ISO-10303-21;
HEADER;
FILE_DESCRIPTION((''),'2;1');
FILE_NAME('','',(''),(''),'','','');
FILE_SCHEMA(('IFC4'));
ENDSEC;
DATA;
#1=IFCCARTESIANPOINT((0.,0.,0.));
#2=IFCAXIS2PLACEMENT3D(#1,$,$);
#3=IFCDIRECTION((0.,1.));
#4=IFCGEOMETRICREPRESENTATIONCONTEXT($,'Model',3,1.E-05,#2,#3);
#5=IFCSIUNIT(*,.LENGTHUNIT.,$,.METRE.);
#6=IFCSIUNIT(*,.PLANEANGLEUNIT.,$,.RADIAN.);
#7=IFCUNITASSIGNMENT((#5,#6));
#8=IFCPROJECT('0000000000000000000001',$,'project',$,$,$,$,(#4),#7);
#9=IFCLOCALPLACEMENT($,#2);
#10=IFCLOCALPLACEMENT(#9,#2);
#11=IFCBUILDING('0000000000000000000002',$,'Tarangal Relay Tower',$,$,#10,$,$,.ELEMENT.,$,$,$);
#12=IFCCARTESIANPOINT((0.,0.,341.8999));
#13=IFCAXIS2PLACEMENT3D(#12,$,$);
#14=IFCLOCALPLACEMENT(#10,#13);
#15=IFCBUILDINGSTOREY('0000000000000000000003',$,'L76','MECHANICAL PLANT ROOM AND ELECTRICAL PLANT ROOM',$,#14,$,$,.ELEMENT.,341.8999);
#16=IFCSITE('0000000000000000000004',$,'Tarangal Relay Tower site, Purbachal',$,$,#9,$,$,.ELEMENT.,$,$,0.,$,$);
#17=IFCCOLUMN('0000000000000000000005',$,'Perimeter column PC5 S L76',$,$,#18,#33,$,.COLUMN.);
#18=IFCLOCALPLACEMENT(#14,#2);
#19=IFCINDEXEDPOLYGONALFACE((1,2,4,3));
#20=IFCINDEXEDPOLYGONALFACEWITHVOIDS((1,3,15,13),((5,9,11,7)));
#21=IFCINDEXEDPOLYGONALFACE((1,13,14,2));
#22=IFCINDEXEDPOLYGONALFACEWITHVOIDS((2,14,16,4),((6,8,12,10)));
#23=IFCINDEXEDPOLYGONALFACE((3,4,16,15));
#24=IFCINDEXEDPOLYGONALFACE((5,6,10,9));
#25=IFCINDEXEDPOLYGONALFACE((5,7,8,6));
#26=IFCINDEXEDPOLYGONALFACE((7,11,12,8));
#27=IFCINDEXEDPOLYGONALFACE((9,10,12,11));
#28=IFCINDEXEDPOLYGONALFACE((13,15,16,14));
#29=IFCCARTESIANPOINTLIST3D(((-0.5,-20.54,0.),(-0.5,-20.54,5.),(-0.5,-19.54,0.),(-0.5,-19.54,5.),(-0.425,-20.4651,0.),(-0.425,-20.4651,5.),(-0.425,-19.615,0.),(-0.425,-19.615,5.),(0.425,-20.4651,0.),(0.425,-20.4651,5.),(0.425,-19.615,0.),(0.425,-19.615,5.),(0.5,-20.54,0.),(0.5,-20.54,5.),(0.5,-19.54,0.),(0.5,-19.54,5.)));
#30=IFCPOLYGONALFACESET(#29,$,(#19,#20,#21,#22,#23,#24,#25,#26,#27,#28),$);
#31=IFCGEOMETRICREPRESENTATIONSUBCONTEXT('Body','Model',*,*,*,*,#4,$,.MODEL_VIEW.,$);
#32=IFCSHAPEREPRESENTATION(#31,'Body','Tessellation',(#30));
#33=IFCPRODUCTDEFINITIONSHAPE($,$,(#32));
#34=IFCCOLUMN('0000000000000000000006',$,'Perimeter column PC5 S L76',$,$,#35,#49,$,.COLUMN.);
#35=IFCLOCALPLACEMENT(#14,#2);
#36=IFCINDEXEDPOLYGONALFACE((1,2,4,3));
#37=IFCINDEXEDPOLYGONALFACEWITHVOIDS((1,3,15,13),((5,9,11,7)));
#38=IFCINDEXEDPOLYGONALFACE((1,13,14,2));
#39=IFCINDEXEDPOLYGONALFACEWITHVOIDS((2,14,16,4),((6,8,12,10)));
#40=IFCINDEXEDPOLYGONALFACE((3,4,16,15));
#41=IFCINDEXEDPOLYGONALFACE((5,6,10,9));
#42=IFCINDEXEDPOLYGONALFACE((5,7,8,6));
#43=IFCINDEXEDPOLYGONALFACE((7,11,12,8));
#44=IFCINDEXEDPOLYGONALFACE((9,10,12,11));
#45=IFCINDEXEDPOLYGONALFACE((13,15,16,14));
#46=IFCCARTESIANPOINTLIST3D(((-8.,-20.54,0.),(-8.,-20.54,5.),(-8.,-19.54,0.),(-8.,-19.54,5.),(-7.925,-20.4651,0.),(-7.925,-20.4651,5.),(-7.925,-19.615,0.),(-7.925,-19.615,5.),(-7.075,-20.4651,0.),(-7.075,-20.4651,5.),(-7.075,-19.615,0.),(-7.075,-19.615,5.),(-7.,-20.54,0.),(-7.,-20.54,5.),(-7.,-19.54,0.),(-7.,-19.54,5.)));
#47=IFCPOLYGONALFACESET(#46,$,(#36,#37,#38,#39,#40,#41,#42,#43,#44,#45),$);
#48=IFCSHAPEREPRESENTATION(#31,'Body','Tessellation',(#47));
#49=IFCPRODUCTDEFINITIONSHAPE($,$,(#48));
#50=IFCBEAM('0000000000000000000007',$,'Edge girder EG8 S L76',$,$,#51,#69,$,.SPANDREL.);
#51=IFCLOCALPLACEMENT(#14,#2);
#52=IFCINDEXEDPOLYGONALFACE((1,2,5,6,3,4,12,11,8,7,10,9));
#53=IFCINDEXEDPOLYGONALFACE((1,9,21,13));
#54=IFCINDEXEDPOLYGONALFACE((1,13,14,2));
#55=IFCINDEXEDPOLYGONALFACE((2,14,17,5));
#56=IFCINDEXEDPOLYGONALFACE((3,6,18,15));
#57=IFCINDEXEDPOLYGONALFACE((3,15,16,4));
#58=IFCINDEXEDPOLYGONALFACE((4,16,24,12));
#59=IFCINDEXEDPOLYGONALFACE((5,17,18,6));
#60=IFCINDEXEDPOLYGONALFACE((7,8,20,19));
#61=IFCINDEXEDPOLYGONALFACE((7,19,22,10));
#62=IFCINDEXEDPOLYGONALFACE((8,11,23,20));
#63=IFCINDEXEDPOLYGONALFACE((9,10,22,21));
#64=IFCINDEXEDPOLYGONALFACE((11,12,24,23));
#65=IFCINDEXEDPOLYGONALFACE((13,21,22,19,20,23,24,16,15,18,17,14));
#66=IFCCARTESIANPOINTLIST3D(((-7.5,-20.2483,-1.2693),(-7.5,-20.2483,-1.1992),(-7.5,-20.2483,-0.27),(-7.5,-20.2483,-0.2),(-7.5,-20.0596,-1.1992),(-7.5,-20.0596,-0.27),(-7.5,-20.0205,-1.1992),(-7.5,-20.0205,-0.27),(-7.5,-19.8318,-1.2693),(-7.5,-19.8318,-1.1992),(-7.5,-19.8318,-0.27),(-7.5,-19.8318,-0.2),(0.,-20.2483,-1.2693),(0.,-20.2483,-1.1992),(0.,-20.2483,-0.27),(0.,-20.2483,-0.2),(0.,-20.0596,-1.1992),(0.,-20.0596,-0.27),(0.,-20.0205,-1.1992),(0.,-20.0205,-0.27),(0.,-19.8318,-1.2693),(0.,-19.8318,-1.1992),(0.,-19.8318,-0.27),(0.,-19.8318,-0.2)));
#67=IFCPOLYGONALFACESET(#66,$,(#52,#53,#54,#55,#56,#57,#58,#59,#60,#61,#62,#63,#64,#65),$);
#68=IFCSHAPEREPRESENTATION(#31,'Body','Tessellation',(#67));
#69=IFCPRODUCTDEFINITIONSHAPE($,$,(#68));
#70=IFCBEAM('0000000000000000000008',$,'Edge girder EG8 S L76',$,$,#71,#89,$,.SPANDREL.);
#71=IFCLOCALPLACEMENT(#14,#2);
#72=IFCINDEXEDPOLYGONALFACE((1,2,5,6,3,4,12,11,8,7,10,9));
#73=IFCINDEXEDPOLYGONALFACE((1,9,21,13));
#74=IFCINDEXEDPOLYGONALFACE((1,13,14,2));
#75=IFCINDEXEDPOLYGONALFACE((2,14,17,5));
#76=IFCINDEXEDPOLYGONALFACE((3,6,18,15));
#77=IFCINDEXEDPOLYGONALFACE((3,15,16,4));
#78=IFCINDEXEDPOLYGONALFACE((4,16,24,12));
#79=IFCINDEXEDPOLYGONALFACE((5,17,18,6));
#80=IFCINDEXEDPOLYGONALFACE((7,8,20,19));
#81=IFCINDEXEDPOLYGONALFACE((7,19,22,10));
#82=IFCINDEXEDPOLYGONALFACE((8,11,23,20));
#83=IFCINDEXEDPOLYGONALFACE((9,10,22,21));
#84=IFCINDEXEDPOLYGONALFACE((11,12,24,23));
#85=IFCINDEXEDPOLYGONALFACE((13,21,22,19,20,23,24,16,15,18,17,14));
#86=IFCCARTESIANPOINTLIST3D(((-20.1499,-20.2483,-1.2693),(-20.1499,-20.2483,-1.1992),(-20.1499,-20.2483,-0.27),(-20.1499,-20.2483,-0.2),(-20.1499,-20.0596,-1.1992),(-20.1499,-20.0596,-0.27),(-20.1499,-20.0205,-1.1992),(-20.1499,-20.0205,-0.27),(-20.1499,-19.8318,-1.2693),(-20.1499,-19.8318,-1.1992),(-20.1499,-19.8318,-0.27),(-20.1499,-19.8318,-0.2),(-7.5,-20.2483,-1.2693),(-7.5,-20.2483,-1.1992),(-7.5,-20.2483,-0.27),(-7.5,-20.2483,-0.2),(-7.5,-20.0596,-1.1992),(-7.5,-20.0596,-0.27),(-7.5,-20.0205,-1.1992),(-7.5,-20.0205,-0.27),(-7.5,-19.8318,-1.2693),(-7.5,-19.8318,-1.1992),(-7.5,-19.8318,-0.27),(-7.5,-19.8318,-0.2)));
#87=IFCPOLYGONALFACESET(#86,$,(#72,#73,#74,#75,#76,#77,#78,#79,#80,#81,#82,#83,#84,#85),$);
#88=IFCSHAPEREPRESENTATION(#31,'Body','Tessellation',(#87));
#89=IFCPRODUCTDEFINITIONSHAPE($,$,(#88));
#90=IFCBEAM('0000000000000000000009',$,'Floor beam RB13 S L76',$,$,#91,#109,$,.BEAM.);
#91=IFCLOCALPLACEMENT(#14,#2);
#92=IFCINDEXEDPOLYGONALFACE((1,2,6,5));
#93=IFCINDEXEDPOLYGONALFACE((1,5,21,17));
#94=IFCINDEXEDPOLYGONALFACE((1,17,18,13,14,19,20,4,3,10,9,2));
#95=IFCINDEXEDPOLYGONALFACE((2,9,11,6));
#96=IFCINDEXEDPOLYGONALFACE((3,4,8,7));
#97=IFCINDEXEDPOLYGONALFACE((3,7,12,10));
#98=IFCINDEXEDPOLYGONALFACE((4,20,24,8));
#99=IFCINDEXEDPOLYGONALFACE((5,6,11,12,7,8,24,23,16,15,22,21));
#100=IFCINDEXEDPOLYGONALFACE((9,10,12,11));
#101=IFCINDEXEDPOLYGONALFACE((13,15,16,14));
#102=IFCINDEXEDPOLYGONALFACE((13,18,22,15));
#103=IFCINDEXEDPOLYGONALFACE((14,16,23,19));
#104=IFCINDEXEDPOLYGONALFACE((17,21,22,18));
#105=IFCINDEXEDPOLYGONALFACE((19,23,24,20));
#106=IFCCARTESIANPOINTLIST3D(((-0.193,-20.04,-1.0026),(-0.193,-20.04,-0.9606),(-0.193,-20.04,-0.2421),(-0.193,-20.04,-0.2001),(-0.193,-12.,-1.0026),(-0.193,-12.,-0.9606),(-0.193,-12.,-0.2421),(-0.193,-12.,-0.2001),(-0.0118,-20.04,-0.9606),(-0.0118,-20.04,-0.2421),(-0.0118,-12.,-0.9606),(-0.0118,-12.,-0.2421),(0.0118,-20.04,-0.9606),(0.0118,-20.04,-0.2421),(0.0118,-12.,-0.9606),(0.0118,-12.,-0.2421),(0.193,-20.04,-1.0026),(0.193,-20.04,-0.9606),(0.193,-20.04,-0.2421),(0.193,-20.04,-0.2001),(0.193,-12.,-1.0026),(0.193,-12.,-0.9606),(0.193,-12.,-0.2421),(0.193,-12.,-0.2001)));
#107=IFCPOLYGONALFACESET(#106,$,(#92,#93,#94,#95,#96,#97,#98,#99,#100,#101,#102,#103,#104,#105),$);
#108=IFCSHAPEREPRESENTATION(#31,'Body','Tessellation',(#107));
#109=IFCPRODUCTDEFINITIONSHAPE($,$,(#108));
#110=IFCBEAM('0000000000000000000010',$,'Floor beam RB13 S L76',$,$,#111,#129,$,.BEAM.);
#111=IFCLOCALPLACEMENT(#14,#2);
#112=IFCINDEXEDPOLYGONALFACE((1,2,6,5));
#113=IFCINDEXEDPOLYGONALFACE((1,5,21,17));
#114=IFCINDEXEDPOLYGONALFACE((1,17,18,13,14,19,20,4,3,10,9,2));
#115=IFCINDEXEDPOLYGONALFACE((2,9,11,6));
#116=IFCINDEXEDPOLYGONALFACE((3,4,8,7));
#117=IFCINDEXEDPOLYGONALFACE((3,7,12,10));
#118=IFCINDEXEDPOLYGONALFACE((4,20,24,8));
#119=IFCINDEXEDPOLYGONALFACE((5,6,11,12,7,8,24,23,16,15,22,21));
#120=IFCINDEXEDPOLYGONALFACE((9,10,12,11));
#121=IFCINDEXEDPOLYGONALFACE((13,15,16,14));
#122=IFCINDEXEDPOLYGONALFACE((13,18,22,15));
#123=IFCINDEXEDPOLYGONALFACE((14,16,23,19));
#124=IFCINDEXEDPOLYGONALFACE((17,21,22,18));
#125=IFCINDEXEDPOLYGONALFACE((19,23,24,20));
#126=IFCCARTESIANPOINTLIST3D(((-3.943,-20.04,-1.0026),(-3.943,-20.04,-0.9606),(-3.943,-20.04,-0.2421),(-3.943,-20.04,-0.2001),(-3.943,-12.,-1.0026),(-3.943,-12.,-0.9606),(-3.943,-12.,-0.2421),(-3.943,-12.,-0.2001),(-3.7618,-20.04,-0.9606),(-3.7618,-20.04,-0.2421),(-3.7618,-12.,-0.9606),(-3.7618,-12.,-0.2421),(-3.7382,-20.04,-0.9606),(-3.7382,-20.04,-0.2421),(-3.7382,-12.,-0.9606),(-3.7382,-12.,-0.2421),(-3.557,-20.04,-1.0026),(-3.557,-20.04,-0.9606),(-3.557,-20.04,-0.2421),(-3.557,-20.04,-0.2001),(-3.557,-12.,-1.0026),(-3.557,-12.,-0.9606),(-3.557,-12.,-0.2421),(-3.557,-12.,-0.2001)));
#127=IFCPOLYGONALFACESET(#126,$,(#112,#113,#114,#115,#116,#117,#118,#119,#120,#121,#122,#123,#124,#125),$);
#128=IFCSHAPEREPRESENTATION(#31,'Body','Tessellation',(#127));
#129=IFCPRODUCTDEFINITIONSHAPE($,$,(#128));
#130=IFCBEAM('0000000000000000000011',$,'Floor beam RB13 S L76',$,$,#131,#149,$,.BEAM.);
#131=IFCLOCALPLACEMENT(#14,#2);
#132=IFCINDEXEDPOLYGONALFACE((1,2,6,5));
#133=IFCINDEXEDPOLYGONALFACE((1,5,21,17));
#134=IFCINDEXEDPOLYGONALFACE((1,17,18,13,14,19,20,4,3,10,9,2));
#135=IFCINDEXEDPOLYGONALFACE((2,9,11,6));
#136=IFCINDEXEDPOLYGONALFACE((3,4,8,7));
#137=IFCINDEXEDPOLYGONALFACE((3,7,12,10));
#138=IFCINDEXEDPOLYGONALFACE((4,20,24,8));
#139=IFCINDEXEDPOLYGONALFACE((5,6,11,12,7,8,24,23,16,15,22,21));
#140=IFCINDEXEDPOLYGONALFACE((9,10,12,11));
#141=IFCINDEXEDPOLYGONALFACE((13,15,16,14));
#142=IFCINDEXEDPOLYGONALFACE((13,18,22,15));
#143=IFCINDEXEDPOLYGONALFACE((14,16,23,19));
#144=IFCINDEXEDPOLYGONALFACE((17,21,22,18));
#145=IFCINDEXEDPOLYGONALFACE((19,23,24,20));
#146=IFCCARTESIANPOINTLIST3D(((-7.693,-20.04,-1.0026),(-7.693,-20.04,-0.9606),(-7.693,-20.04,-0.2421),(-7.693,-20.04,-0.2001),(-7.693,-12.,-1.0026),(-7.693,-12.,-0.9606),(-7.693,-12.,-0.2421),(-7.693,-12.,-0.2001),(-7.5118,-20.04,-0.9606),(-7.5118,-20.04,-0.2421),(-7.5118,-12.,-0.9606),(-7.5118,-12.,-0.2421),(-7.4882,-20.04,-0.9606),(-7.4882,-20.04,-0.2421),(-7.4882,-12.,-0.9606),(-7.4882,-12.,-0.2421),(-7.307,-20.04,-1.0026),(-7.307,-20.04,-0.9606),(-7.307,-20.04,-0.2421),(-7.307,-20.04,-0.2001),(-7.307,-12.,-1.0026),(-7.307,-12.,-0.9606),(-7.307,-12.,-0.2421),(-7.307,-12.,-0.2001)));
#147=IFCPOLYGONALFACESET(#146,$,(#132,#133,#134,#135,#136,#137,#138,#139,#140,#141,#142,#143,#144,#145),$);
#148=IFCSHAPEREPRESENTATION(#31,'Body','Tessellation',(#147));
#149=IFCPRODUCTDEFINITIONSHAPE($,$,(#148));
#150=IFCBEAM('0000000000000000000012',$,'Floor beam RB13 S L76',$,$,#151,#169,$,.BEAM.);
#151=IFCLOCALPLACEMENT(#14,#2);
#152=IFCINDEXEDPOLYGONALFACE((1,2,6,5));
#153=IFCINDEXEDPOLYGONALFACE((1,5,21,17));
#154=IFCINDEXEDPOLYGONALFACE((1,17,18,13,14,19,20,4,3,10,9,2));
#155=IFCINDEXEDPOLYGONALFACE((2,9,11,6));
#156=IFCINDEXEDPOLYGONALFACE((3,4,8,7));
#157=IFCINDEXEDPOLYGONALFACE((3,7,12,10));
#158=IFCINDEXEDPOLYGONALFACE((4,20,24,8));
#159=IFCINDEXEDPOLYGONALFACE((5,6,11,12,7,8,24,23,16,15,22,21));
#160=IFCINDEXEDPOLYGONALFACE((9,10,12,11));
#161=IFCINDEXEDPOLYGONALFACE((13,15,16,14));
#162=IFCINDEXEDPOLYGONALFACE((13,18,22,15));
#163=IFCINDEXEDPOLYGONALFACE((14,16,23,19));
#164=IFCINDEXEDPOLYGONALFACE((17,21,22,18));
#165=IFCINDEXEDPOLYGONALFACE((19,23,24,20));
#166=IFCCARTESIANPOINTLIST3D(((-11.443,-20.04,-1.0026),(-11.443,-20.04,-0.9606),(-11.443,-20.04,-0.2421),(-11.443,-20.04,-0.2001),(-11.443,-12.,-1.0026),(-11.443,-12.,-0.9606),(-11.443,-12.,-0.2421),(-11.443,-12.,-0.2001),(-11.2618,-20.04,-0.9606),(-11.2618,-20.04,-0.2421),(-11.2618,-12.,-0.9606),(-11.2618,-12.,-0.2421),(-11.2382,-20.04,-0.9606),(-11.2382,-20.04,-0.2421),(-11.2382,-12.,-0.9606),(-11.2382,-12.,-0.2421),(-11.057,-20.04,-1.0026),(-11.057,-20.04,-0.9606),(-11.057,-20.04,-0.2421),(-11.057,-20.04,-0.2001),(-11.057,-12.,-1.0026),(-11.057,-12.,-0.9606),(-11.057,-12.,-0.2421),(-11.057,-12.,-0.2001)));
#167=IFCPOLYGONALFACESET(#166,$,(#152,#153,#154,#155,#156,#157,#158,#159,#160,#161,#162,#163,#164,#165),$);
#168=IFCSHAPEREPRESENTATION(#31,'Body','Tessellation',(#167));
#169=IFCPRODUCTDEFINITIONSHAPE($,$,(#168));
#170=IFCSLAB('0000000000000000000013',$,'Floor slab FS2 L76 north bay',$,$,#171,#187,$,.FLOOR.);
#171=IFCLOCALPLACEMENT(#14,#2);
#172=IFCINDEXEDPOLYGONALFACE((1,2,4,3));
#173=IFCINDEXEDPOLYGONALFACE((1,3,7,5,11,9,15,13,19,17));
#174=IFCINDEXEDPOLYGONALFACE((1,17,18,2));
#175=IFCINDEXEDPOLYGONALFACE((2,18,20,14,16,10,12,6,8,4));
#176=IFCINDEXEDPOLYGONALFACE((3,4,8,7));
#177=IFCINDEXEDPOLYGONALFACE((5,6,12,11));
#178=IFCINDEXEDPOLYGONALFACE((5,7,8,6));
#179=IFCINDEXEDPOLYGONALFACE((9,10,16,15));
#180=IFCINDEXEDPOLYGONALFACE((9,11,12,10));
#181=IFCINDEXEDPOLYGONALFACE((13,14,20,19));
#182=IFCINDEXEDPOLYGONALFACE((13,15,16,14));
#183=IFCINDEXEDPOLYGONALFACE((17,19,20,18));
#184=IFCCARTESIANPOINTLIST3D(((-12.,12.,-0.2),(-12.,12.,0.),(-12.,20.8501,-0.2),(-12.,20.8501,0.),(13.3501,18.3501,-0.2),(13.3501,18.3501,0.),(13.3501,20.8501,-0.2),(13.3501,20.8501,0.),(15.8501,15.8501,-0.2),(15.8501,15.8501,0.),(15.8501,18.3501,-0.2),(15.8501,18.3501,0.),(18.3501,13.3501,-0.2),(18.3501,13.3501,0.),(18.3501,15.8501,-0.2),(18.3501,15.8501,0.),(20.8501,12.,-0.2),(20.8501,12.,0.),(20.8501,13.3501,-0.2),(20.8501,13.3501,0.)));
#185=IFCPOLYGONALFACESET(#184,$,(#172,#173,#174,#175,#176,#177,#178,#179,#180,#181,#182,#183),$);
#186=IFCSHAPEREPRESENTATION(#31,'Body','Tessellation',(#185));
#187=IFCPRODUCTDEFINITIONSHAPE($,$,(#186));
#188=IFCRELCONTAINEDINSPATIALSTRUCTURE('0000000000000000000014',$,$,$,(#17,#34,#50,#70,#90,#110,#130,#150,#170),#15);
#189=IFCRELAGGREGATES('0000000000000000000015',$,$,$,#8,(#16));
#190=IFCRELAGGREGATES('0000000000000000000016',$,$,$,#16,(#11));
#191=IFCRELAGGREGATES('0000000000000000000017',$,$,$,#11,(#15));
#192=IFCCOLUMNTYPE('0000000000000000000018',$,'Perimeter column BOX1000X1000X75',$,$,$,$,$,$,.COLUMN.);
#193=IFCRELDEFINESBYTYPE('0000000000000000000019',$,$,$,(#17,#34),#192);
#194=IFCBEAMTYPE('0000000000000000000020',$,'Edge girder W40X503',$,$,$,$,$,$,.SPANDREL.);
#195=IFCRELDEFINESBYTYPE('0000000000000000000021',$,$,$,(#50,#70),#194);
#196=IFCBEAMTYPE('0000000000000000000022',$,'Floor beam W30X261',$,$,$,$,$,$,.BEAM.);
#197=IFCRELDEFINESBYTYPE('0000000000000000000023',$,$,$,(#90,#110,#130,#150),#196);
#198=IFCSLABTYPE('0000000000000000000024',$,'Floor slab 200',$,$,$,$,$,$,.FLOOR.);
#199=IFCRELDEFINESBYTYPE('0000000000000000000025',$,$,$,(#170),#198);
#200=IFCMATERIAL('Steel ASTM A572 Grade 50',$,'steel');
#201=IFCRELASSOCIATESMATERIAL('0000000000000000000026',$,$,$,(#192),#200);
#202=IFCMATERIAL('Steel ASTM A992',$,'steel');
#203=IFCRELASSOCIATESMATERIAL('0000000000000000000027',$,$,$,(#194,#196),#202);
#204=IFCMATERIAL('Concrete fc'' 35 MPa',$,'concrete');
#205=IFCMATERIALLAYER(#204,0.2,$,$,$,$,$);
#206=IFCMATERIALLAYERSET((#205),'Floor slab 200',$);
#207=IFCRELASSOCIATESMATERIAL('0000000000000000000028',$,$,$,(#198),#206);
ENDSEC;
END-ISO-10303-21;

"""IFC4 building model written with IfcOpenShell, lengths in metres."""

from ifc_helpers import new_model, si_unit, direction, frame, origin, origin_2d, place, context, subcontext, project, spatial, polyline, hollow_rectangle, i_section, outline, extrude, material, layer, layer_set, material_profile, profile_set, type_object, element, save


model = new_model("IFC4")

# Units and contexts
model_context = context("Model", 3, precision=1e-05, world=origin(), true_north=direction((0.0, 1.0)))
body_context = subcontext(model_context, "Body", "Model", "MODEL_VIEW")
ifc_project = project(units=[si_unit("LENGTHUNIT", "METRE"), si_unit("PLANEANGLEUNIT", "RADIAN")], contexts=[model_context])

# Site, building, storey
site_placement = place(None, origin())
site = spatial("IfcSite", under=ifc_project, at=site_placement, Name="Tarangal Relay Tower site, Purbachal", CompositionType="ELEMENT", RefElevation=0.0)
building_placement = place(site_placement, origin())
building = spatial("IfcBuilding", under=site, at=building_placement, Name="Tarangal Relay Tower", CompositionType="ELEMENT")
storey_placement = place(building_placement, frame((0.0, 0.0, 341.8999)))
storey = spatial("IfcBuildingStorey", under=building, at=storey_placement, Name="L76", Description="MECHANICAL PLANT ROOM AND ELECTRICAL PLANT ROOM", CompositionType="ELEMENT", Elevation=341.8999)

# Columns
ifc_material_1 = material(Name="Steel ASTM A572 Grade 50", Category="steel")
ifc_material_profile_1 = material_profile(ifc_material_1, hollow_rectangle(XDim=1.0, YDim=1.0, WallThickness=0.075, at=origin_2d()), Name="BOX1000X1000X75")
ifc_profile_set_1 = profile_set([ifc_material_profile_1], Name="Steel ASTM A572 Grade 50")
column_type = type_object("IfcColumnType", Name="Perimeter column BOX1000X1000X75", PredefinedType="COLUMN", material=ifc_profile_set_1)
for number, where, z_axis, x_axis, name in (
    (1, (0.0, -20.04, 0.0), (0.0, 0.0, 1.0), (1.0, 0.0, 0.0), "Perimeter column PC5 S L76"),
    (2, (-7.5, -20.04, 0.0), (0.0, 0.0, 1.0), (1.0, 0.0, 0.0), "Perimeter column PC5 S L76"),
):
    element("IfcColumn", number, at=place(storey_placement, frame(where, z_axis=z_axis, x_axis=x_axis)), inside=storey, type_object=column_type, Name=name, PredefinedType="COLUMN", context=body_context, shape_type="SweptSolid", body=[
        extrude(hollow_rectangle(XDim=1.0, YDim=1.0, WallThickness=0.075, at=origin_2d()), origin(), (0.0, 0.0, 1.0), 5.0),
    ])

# Beams
ifc_material_2 = material(Name="Steel ASTM A992", Category="steel")
ifc_material_profile_2 = material_profile(ifc_material_2, i_section(OverallWidth=0.4165, OverallDepth=1.0693, WebThickness=0.0391, FlangeThickness=0.0701, at=origin_2d()), Name="W40X503")
ifc_profile_set_2 = profile_set([ifc_material_profile_2], Name="Steel ASTM A992")
beam_type_1 = type_object("IfcBeamType", Name="Edge girder W40X503", PredefinedType="SPANDREL", material=ifc_profile_set_2)
beam_1_placement = place(storey_placement, frame((0.0, -20.04, -0.7346), z_axis=(-1.0, 0.0, 0.0), x_axis=(0.0, -1.0, 0.0)))
element("IfcBeam", 3, at=beam_1_placement, inside=storey, type_object=beam_type_1, Name="Edge girder EG8 S L76", PredefinedType="SPANDREL", context=body_context, shape_type="SweptSolid", body=[
    extrude(i_section(OverallWidth=0.4165, OverallDepth=1.0693, WebThickness=0.0391, FlangeThickness=0.0701, at=origin_2d()), origin(), (0.0, 0.0, 1.0), 7.5),
])
beam_2_placement = place(storey_placement, frame((-7.5, -20.04, -0.7346), z_axis=(-1.0, 0.0, 0.0), x_axis=(0.0, -1.0, 0.0)))
element("IfcBeam", 4, at=beam_2_placement, inside=storey, type_object=beam_type_1, Name="Edge girder EG8 S L76", PredefinedType="SPANDREL", context=body_context, shape_type="SweptSolid", body=[
    extrude(i_section(OverallWidth=0.4165, OverallDepth=1.0693, WebThickness=0.0391, FlangeThickness=0.0701, at=origin_2d()), origin(), (0.0, 0.0, 1.0), 12.6499),
])
ifc_material_profile_3 = material_profile(ifc_material_2, i_section(OverallWidth=0.386, OverallDepth=0.8025, WebThickness=0.0237, FlangeThickness=0.042, at=origin_2d()), Name="W30X261")
ifc_profile_set_3 = profile_set([ifc_material_profile_3], Name="Steel ASTM A992")
beam_type_2 = type_object("IfcBeamType", Name="Floor beam W30X261", PredefinedType="BEAM", material=ifc_profile_set_3)
for number, where, z_axis, x_axis, name in (
    (5, (0.0, -12.0, -0.6013), (0.0, -1.0, 0.0), (1.0, 0.0, 0.0), "Floor beam RB13 S L76"),
    (6, (-3.75, -12.0, -0.6013), (0.0, -1.0, 0.0), (1.0, 0.0, 0.0), "Floor beam RB13 S L76"),
    (7, (-7.5, -12.0, -0.6013), (0.0, -1.0, 0.0), (1.0, 0.0, 0.0), "Floor beam RB13 S L76"),
    (8, (-11.25, -12.0, -0.6013), (0.0, -1.0, 0.0), (1.0, 0.0, 0.0), "Floor beam RB13 S L76"),
):
    element("IfcBeam", number, at=place(storey_placement, frame(where, z_axis=z_axis, x_axis=x_axis)), inside=storey, type_object=beam_type_2, Name=name, PredefinedType="BEAM", context=body_context, shape_type="SweptSolid", body=[
        extrude(i_section(OverallWidth=0.386, OverallDepth=0.8025, WebThickness=0.0237, FlangeThickness=0.042, at=origin_2d()), origin(), (0.0, 0.0, 1.0), 8.04),
    ])

# Slab
ifc_material_3 = material(Name="Concrete fc' 35 MPa", Category="concrete")
ifc_layer_1 = layer(ifc_material_3, 0.2)
ifc_layer_set_1 = layer_set([ifc_layer_1], Name="Floor slab 200")
slab_type = type_object("IfcSlabType", Name="Floor slab 200", PredefinedType="FLOOR", material=ifc_layer_set_1)
slab_1_placement = place(storey_placement, frame((0.0, 0.0, -0.2)))
element("IfcSlab", 9, at=slab_1_placement, inside=storey, type_object=slab_type, Name="Floor slab FS2 L76 north bay", PredefinedType="FLOOR", context=body_context, shape_type="SweptSolid", body=[
    extrude(outline(polyline([(13.3501, 20.8501), (13.3501, 18.3501), (15.8501, 18.3501), (15.8501, 15.8501), (18.3501, 15.8501), (18.3501, 13.3501), (20.8501, 13.3501), (20.8501, 12.0), (-12.0, 12.0), (-12.0, 20.8501), (13.3501, 20.8501)])), origin(), (0.0, 0.0, 1.0), 0.2),
])

save(model, "model.ifc")
